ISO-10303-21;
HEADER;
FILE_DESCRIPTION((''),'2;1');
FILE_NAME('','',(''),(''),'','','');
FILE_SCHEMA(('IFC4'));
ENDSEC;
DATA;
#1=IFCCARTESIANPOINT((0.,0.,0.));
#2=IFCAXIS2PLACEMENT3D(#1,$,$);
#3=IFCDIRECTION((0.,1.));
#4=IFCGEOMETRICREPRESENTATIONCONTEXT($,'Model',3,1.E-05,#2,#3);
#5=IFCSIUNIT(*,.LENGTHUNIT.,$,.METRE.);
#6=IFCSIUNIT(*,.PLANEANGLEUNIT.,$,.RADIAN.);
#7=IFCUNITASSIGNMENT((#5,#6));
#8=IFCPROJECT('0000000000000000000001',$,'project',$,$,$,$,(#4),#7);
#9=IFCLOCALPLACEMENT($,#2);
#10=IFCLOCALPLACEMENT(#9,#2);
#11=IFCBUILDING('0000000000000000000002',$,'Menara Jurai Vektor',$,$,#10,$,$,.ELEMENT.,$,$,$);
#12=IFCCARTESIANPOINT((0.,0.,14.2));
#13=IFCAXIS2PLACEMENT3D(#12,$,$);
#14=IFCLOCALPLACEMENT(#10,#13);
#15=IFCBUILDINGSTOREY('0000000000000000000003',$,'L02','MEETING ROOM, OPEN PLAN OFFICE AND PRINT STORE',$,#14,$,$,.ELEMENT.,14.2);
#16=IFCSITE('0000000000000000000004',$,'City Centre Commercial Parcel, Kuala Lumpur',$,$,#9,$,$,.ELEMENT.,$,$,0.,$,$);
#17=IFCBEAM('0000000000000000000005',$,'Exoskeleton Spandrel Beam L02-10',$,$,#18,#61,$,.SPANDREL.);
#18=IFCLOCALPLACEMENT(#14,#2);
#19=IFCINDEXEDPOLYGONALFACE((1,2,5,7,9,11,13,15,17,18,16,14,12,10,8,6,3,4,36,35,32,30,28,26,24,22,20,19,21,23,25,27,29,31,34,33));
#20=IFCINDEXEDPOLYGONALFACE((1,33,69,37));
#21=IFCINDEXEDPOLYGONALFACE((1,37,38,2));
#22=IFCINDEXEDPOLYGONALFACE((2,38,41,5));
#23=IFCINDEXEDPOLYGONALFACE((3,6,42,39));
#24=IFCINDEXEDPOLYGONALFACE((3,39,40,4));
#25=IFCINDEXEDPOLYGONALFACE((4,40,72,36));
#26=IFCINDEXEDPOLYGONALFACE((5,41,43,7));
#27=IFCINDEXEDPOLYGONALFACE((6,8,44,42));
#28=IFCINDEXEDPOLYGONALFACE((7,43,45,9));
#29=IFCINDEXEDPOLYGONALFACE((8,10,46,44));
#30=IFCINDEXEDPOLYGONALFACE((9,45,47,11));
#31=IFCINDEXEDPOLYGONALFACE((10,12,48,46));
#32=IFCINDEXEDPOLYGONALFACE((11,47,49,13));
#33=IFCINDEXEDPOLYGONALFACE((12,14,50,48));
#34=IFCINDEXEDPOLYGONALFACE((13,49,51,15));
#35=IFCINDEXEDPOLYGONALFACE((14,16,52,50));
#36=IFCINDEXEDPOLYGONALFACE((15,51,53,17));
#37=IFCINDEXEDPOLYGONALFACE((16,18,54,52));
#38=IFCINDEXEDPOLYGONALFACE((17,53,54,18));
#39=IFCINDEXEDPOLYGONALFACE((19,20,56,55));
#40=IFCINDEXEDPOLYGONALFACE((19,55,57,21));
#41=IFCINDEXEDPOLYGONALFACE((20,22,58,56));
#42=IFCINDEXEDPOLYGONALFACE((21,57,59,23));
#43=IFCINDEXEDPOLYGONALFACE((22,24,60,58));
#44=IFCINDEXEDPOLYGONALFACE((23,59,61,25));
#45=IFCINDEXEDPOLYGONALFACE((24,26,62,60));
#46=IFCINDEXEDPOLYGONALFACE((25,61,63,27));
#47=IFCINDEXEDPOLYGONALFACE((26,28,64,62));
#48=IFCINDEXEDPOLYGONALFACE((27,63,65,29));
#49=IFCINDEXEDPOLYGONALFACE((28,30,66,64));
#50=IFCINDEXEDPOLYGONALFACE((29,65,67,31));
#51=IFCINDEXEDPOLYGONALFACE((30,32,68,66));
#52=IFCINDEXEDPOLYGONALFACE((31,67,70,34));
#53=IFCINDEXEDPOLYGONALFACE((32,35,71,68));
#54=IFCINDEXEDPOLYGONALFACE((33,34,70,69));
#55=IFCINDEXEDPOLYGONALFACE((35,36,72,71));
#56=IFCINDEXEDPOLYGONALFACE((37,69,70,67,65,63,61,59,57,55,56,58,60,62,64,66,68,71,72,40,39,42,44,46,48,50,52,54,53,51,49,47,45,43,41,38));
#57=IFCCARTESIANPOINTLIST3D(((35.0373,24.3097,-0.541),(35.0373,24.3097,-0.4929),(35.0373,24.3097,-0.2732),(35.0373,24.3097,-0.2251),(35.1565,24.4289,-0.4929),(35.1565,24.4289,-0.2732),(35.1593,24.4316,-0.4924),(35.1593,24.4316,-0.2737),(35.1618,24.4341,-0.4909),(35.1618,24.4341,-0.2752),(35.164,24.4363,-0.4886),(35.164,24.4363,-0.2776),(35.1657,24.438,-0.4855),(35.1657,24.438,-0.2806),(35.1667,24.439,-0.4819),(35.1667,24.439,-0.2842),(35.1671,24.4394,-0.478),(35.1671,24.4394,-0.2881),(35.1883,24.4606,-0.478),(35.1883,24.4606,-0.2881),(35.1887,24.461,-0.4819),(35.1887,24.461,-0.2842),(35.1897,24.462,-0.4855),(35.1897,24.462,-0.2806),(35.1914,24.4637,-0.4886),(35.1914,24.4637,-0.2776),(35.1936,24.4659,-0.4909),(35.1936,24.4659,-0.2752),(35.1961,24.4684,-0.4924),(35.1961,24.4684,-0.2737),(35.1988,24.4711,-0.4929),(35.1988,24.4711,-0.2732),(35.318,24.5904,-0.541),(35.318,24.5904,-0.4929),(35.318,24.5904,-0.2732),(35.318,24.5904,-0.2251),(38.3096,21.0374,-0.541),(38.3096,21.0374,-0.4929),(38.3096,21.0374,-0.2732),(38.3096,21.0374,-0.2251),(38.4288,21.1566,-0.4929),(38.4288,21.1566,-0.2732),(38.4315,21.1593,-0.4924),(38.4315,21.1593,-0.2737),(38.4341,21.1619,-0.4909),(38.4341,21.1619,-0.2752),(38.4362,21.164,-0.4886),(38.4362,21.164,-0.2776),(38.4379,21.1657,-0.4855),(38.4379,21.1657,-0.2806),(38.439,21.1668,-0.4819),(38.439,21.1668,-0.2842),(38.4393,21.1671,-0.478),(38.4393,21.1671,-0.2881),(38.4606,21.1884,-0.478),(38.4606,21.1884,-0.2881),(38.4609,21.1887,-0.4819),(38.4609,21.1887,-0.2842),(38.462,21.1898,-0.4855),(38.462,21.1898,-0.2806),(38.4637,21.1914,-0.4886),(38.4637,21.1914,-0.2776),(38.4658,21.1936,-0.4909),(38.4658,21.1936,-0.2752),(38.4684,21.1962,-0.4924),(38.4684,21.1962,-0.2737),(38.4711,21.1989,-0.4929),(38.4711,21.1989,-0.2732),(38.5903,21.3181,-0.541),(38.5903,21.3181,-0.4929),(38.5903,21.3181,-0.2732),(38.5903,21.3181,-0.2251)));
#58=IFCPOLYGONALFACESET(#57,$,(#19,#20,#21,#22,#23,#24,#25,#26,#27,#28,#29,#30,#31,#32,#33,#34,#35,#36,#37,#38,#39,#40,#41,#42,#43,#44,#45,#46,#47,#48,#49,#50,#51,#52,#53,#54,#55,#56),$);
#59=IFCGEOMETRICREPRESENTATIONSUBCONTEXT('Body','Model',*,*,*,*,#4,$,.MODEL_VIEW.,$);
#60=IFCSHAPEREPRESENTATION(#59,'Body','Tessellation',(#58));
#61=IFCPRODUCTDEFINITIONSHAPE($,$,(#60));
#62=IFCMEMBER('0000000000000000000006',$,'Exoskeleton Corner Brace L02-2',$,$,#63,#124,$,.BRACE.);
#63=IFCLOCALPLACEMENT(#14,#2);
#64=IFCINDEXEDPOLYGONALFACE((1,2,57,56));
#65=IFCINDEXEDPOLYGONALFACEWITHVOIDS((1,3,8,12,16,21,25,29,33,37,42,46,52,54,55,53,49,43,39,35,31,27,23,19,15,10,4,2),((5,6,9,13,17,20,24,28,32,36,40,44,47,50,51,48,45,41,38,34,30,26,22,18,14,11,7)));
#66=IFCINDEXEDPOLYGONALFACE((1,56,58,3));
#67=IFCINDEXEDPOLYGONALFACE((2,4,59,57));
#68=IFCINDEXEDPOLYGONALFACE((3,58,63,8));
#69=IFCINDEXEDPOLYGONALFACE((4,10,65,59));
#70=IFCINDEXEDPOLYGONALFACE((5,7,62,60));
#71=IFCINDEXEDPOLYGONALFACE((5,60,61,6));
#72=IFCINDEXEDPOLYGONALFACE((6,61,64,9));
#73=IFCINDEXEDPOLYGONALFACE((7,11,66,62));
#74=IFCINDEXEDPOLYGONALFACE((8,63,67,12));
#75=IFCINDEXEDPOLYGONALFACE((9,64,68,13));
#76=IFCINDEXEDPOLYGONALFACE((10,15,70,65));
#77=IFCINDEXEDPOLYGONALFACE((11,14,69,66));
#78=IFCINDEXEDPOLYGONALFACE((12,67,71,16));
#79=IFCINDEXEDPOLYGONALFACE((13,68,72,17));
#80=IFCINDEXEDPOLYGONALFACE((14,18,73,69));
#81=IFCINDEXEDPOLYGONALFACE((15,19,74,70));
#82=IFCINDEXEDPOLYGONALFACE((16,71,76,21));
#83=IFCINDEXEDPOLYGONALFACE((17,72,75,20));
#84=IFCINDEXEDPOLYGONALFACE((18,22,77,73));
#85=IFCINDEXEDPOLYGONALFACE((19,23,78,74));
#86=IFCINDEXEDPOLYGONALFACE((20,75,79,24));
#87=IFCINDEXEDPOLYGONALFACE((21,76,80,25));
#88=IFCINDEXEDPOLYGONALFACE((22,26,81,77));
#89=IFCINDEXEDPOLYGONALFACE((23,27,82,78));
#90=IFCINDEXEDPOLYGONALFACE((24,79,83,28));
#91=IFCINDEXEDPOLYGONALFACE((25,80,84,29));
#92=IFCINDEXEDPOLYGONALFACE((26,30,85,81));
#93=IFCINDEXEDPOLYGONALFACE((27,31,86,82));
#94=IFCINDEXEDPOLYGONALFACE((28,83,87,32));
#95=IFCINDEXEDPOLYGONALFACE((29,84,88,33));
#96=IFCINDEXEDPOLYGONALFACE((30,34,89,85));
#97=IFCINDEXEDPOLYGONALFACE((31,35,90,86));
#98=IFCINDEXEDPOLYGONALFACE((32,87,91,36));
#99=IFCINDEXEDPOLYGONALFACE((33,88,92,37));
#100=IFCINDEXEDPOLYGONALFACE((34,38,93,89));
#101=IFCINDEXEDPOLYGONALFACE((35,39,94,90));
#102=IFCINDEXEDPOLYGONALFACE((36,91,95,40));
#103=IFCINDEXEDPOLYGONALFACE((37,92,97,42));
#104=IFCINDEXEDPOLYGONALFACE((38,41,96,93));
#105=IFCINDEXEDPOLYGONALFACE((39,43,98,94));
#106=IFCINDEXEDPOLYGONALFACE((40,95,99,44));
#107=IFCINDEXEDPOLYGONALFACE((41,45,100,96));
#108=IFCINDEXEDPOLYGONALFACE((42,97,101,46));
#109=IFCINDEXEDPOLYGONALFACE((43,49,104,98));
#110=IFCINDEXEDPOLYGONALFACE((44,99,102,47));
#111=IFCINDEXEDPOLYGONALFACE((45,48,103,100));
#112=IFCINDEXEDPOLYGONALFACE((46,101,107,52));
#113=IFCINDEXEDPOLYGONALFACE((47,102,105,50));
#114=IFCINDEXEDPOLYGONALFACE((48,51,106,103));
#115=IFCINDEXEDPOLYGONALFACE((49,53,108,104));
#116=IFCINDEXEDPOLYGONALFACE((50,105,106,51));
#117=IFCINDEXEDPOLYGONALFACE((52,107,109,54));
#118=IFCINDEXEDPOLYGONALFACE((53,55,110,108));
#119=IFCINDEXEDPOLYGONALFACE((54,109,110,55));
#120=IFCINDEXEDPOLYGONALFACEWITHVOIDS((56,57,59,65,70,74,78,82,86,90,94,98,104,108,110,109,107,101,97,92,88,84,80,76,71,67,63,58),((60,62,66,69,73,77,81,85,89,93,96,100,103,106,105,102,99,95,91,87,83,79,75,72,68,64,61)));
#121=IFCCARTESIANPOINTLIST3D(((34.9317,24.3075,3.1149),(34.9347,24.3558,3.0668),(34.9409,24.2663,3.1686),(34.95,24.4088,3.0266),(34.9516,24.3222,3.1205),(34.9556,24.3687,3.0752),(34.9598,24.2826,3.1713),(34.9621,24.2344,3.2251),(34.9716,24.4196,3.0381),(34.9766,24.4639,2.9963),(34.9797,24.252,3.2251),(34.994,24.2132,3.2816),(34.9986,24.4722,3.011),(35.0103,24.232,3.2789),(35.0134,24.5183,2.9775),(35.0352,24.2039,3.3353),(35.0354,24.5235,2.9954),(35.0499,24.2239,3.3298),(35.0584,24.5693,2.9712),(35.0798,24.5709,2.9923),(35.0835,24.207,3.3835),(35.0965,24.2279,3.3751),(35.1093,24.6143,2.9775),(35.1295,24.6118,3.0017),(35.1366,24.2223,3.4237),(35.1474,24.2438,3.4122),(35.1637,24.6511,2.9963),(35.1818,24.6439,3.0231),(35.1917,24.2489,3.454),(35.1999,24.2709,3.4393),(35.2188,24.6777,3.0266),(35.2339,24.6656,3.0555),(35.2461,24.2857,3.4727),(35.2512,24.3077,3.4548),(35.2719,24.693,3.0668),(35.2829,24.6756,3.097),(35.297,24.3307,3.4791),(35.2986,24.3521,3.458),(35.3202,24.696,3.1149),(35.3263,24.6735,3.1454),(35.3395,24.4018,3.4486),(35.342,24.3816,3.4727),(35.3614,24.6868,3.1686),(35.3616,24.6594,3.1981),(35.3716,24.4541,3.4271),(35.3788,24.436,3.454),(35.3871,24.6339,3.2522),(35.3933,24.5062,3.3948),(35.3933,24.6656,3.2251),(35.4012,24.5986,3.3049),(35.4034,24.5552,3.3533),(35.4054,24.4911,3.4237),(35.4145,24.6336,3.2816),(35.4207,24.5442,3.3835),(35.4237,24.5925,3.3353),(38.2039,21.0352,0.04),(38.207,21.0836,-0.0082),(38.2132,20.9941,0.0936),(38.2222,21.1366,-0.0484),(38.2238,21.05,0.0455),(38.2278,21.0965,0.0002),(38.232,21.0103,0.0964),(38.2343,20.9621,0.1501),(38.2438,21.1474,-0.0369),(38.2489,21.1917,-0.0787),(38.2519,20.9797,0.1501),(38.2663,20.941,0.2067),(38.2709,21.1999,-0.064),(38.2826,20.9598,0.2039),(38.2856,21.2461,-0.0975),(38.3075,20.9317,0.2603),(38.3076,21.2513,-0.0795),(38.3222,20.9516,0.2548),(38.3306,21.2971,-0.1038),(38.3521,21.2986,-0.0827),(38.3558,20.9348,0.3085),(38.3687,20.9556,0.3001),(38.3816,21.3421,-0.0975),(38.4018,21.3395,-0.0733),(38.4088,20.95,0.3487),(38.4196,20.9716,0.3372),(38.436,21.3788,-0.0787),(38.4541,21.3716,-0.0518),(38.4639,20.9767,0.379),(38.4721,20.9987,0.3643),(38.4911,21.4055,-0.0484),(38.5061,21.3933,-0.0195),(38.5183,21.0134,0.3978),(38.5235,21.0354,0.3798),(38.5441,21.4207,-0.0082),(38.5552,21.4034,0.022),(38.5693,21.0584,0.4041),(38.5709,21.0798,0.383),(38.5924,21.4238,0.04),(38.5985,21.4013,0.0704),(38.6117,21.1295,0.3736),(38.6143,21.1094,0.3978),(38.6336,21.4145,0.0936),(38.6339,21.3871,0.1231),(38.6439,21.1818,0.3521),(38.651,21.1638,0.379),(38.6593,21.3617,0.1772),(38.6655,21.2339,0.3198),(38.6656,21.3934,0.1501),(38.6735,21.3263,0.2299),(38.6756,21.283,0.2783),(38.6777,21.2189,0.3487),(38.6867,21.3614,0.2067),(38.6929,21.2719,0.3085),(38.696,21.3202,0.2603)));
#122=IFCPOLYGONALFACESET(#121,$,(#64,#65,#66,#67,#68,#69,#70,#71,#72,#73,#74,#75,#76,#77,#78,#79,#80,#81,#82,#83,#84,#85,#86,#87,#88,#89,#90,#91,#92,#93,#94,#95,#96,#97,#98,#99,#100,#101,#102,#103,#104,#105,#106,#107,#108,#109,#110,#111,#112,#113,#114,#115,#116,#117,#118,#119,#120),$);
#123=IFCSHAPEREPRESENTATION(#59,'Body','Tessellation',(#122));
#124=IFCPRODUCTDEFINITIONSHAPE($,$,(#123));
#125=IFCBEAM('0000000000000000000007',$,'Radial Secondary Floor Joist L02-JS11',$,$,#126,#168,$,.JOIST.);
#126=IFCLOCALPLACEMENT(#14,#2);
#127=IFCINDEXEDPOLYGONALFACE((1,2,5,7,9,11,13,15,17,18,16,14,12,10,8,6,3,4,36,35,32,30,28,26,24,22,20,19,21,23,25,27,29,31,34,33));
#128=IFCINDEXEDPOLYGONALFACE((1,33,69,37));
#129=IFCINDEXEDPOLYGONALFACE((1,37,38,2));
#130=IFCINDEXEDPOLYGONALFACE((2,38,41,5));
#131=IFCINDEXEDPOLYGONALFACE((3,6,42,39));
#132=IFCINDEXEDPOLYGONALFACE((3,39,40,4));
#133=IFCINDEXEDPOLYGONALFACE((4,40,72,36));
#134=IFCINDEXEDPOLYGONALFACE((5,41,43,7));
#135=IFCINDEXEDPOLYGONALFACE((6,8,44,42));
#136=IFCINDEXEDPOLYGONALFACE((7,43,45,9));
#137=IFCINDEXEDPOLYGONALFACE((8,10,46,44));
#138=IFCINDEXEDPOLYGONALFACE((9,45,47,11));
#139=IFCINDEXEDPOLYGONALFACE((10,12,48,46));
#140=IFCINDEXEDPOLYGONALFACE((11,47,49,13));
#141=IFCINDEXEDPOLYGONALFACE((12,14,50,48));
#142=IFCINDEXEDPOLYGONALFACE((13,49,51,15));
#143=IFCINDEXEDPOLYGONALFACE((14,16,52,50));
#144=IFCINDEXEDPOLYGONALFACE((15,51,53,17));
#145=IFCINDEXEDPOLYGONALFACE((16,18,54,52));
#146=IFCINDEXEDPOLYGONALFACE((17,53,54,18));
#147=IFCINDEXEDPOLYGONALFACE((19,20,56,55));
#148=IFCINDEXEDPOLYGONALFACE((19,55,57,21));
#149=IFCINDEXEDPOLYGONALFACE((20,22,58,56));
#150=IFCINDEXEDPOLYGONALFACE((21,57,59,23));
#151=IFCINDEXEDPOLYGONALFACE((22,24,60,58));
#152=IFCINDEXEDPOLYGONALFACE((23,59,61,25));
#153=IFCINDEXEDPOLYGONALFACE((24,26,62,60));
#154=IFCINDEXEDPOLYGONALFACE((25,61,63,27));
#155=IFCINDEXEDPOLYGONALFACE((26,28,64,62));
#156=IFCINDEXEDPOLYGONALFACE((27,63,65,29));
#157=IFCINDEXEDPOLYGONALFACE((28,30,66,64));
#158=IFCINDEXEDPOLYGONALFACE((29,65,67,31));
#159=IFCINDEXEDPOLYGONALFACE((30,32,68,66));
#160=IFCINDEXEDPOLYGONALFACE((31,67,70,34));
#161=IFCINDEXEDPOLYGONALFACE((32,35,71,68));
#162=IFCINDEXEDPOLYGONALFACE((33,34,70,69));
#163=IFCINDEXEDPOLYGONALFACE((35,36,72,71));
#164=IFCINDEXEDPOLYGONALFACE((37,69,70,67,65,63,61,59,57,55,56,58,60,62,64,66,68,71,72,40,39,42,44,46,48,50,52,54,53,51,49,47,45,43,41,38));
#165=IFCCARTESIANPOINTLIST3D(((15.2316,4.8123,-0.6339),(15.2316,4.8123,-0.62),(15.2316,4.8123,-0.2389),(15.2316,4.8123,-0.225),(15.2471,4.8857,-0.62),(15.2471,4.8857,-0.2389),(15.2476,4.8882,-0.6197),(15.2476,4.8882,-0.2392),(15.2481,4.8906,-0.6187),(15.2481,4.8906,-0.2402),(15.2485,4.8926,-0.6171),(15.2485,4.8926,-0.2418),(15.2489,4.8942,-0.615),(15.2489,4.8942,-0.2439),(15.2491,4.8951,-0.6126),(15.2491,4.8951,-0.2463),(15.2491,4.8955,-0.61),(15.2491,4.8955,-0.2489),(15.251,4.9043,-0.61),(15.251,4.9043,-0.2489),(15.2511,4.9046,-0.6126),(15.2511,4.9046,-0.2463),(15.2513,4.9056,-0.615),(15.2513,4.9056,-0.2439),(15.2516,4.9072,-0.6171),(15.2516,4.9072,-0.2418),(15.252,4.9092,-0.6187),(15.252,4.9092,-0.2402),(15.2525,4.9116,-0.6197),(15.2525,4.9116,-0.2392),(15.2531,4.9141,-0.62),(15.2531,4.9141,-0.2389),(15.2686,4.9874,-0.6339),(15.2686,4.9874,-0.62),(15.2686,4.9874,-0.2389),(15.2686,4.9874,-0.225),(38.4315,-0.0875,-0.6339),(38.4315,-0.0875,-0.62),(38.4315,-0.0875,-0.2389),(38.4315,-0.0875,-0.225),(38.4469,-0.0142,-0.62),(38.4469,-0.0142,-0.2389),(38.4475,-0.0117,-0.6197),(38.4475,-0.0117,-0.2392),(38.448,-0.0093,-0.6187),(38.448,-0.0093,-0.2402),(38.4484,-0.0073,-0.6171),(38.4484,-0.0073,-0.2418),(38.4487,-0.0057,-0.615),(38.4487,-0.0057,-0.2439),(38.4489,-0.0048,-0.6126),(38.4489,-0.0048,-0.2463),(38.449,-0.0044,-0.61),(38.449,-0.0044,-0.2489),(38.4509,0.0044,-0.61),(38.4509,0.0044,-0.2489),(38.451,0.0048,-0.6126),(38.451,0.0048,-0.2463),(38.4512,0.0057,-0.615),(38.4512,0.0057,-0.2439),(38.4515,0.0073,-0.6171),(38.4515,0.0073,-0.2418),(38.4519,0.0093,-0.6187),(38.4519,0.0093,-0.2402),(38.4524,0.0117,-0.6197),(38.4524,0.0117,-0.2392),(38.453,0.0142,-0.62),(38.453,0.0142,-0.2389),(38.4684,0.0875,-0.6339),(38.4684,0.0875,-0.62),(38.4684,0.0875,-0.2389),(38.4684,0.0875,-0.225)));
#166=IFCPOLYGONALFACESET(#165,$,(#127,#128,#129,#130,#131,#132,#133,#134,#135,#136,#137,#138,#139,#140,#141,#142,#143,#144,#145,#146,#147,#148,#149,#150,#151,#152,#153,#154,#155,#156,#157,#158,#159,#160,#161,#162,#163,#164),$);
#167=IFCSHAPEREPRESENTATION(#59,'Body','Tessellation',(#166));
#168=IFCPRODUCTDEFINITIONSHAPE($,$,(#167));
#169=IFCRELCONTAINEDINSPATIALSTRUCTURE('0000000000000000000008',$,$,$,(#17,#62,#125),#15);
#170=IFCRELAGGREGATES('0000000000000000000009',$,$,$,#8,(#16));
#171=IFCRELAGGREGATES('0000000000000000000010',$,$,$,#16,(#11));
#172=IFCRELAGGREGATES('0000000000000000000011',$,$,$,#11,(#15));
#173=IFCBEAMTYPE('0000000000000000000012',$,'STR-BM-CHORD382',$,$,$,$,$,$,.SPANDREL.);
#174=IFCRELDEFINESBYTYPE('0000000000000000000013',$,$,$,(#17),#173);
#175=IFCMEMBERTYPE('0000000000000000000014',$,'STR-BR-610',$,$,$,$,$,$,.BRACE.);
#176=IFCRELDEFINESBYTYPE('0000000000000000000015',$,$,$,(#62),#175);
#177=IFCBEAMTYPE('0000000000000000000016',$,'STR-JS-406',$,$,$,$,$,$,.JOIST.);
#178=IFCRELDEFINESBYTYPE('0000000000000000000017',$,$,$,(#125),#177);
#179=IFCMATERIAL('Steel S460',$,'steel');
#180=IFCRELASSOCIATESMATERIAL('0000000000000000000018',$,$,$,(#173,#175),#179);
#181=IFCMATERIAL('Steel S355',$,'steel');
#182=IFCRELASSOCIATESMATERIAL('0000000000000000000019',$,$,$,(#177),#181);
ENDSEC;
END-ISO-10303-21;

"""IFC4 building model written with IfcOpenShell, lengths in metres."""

from ifc_helpers import new_model, si_unit, direction, frame, origin, origin_2d, place, context, subcontext, project, spatial, hollow_circle, i_section, extrude, material, material_profile, profile_set, type_object, element, save


model = new_model("IFC4")

# Units and contexts
model_context = context("Model", 3, precision=1e-05, world=origin(), true_north=direction((0.0, 1.0)))
body_context = subcontext(model_context, "Body", "Model", "MODEL_VIEW")
ifc_project = project(units=[si_unit("LENGTHUNIT", "METRE"), si_unit("PLANEANGLEUNIT", "RADIAN")], contexts=[model_context])

# Site, building, storey
site_placement = place(None, origin())
site = spatial("IfcSite", under=ifc_project, at=site_placement, Name="City Centre Commercial Parcel, Kuala Lumpur", CompositionType="ELEMENT", RefElevation=0.0)
building_placement = place(site_placement, origin())
building = spatial("IfcBuilding", under=site, at=building_placement, Name="Menara Jurai Vektor", CompositionType="ELEMENT")
storey_placement = place(building_placement, frame((0.0, 0.0, 14.2)))
storey = spatial("IfcBuildingStorey", under=building, at=storey_placement, Name="L02", Description="MEETING ROOM, OPEN PLAN OFFICE AND PRINT STORE", CompositionType="ELEMENT", Elevation=14.2)

# Shared definitions
ifc_material_1 = material(Name="Steel S460", Category="steel")

# Beam
ifc_material_2 = material(Name="Steel S355", Category="steel")
ifc_material_profile_1 = material_profile(ifc_material_1, i_section(OverallWidth=0.397, OverallDepth=0.3159, WebThickness=0.03, FlangeThickness=0.0481, FilletRadius=0.0149, at=origin_2d()), Name="HD 400x382")
ifc_profile_set_1 = profile_set([ifc_material_profile_1], Name="Steel S460")
beam_type_1 = type_object("IfcBeamType", Name="STR-BM-CHORD382", PredefinedType="SPANDREL", material=ifc_profile_set_1)
beam_1_placement = place(storey_placement, frame((38.45, 21.1777, -0.3831), z_axis=(-0.707107, 0.707107, 0.0), x_axis=(-0.707107, -0.707107, 0.0)))
element("IfcBeam", 1, at=beam_1_placement, inside=storey, type_object=beam_type_1, Name="Exoskeleton Spandrel Beam L02-10", PredefinedType="SPANDREL", context=body_context, shape_type="SweptSolid", body=[
    extrude(i_section(OverallWidth=0.397, OverallDepth=0.3159, WebThickness=0.03, FlangeThickness=0.0481, FilletRadius=0.0149, at=origin_2d()), origin(), (0.0, 0.0, 1.0), 4.6277),
])

# Member
ifc_material_profile_2 = material_profile(ifc_material_1, hollow_circle(Radius=0.3049, WallThickness=0.0249, at=origin_2d()), Name="CHS 610x25")
ifc_profile_set_2 = profile_set([ifc_material_profile_2], Name="Steel S460")
member_type_1 = type_object("IfcMemberType", Name="STR-BR-610", PredefinedType="BRACE", material=ifc_profile_set_2)
member_1_placement = place(storey_placement, frame((38.45, 21.1777, 0.1501), z_axis=(-0.588942, 0.588942, 0.553438), x_axis=(-0.707107, -0.707107, 0.0)))
element("IfcMember", 2, at=member_1_placement, inside=storey, type_object=member_type_1, Name="Exoskeleton Corner Brace L02-2", PredefinedType="BRACE", context=body_context, shape_type="SweptSolid", body=[
    extrude(hollow_circle(Radius=0.3049, WallThickness=0.0249, at=origin_2d()), origin(), (0.0, 0.0, 1.0), 5.5562),
])

# Beam
ifc_material_profile_3 = material_profile(ifc_material_2, i_section(OverallWidth=0.179, OverallDepth=0.4089, WebThickness=0.009, FlangeThickness=0.0139, FilletRadius=0.01, at=origin_2d()), Name="UKB 406x178x67")
ifc_profile_set_3 = profile_set([ifc_material_profile_3], Name="Steel S355")
beam_type_2 = type_object("IfcBeamType", Name="STR-JS-406", PredefinedType="JOIST", material=ifc_profile_set_3)
beam_2_placement = place(storey_placement, frame((38.45, 0.0, -0.4294), z_axis=(-0.978416, 0.206645, 0.0), x_axis=(-0.206645, -0.978416, 0.0)))
element("IfcBeam", 3, at=beam_2_placement, inside=storey, type_object=beam_type_2, Name="Radial Secondary Floor Joist L02-JS11", PredefinedType="JOIST", context=body_context, shape_type="SweptSolid", body=[
    extrude(i_section(OverallWidth=0.179, OverallDepth=0.4089, WebThickness=0.009, FlangeThickness=0.0139, FilletRadius=0.01, at=origin_2d()), origin(), (0.0, 0.0, 1.0), 23.7117),
])

save(model, "model.ifc")
